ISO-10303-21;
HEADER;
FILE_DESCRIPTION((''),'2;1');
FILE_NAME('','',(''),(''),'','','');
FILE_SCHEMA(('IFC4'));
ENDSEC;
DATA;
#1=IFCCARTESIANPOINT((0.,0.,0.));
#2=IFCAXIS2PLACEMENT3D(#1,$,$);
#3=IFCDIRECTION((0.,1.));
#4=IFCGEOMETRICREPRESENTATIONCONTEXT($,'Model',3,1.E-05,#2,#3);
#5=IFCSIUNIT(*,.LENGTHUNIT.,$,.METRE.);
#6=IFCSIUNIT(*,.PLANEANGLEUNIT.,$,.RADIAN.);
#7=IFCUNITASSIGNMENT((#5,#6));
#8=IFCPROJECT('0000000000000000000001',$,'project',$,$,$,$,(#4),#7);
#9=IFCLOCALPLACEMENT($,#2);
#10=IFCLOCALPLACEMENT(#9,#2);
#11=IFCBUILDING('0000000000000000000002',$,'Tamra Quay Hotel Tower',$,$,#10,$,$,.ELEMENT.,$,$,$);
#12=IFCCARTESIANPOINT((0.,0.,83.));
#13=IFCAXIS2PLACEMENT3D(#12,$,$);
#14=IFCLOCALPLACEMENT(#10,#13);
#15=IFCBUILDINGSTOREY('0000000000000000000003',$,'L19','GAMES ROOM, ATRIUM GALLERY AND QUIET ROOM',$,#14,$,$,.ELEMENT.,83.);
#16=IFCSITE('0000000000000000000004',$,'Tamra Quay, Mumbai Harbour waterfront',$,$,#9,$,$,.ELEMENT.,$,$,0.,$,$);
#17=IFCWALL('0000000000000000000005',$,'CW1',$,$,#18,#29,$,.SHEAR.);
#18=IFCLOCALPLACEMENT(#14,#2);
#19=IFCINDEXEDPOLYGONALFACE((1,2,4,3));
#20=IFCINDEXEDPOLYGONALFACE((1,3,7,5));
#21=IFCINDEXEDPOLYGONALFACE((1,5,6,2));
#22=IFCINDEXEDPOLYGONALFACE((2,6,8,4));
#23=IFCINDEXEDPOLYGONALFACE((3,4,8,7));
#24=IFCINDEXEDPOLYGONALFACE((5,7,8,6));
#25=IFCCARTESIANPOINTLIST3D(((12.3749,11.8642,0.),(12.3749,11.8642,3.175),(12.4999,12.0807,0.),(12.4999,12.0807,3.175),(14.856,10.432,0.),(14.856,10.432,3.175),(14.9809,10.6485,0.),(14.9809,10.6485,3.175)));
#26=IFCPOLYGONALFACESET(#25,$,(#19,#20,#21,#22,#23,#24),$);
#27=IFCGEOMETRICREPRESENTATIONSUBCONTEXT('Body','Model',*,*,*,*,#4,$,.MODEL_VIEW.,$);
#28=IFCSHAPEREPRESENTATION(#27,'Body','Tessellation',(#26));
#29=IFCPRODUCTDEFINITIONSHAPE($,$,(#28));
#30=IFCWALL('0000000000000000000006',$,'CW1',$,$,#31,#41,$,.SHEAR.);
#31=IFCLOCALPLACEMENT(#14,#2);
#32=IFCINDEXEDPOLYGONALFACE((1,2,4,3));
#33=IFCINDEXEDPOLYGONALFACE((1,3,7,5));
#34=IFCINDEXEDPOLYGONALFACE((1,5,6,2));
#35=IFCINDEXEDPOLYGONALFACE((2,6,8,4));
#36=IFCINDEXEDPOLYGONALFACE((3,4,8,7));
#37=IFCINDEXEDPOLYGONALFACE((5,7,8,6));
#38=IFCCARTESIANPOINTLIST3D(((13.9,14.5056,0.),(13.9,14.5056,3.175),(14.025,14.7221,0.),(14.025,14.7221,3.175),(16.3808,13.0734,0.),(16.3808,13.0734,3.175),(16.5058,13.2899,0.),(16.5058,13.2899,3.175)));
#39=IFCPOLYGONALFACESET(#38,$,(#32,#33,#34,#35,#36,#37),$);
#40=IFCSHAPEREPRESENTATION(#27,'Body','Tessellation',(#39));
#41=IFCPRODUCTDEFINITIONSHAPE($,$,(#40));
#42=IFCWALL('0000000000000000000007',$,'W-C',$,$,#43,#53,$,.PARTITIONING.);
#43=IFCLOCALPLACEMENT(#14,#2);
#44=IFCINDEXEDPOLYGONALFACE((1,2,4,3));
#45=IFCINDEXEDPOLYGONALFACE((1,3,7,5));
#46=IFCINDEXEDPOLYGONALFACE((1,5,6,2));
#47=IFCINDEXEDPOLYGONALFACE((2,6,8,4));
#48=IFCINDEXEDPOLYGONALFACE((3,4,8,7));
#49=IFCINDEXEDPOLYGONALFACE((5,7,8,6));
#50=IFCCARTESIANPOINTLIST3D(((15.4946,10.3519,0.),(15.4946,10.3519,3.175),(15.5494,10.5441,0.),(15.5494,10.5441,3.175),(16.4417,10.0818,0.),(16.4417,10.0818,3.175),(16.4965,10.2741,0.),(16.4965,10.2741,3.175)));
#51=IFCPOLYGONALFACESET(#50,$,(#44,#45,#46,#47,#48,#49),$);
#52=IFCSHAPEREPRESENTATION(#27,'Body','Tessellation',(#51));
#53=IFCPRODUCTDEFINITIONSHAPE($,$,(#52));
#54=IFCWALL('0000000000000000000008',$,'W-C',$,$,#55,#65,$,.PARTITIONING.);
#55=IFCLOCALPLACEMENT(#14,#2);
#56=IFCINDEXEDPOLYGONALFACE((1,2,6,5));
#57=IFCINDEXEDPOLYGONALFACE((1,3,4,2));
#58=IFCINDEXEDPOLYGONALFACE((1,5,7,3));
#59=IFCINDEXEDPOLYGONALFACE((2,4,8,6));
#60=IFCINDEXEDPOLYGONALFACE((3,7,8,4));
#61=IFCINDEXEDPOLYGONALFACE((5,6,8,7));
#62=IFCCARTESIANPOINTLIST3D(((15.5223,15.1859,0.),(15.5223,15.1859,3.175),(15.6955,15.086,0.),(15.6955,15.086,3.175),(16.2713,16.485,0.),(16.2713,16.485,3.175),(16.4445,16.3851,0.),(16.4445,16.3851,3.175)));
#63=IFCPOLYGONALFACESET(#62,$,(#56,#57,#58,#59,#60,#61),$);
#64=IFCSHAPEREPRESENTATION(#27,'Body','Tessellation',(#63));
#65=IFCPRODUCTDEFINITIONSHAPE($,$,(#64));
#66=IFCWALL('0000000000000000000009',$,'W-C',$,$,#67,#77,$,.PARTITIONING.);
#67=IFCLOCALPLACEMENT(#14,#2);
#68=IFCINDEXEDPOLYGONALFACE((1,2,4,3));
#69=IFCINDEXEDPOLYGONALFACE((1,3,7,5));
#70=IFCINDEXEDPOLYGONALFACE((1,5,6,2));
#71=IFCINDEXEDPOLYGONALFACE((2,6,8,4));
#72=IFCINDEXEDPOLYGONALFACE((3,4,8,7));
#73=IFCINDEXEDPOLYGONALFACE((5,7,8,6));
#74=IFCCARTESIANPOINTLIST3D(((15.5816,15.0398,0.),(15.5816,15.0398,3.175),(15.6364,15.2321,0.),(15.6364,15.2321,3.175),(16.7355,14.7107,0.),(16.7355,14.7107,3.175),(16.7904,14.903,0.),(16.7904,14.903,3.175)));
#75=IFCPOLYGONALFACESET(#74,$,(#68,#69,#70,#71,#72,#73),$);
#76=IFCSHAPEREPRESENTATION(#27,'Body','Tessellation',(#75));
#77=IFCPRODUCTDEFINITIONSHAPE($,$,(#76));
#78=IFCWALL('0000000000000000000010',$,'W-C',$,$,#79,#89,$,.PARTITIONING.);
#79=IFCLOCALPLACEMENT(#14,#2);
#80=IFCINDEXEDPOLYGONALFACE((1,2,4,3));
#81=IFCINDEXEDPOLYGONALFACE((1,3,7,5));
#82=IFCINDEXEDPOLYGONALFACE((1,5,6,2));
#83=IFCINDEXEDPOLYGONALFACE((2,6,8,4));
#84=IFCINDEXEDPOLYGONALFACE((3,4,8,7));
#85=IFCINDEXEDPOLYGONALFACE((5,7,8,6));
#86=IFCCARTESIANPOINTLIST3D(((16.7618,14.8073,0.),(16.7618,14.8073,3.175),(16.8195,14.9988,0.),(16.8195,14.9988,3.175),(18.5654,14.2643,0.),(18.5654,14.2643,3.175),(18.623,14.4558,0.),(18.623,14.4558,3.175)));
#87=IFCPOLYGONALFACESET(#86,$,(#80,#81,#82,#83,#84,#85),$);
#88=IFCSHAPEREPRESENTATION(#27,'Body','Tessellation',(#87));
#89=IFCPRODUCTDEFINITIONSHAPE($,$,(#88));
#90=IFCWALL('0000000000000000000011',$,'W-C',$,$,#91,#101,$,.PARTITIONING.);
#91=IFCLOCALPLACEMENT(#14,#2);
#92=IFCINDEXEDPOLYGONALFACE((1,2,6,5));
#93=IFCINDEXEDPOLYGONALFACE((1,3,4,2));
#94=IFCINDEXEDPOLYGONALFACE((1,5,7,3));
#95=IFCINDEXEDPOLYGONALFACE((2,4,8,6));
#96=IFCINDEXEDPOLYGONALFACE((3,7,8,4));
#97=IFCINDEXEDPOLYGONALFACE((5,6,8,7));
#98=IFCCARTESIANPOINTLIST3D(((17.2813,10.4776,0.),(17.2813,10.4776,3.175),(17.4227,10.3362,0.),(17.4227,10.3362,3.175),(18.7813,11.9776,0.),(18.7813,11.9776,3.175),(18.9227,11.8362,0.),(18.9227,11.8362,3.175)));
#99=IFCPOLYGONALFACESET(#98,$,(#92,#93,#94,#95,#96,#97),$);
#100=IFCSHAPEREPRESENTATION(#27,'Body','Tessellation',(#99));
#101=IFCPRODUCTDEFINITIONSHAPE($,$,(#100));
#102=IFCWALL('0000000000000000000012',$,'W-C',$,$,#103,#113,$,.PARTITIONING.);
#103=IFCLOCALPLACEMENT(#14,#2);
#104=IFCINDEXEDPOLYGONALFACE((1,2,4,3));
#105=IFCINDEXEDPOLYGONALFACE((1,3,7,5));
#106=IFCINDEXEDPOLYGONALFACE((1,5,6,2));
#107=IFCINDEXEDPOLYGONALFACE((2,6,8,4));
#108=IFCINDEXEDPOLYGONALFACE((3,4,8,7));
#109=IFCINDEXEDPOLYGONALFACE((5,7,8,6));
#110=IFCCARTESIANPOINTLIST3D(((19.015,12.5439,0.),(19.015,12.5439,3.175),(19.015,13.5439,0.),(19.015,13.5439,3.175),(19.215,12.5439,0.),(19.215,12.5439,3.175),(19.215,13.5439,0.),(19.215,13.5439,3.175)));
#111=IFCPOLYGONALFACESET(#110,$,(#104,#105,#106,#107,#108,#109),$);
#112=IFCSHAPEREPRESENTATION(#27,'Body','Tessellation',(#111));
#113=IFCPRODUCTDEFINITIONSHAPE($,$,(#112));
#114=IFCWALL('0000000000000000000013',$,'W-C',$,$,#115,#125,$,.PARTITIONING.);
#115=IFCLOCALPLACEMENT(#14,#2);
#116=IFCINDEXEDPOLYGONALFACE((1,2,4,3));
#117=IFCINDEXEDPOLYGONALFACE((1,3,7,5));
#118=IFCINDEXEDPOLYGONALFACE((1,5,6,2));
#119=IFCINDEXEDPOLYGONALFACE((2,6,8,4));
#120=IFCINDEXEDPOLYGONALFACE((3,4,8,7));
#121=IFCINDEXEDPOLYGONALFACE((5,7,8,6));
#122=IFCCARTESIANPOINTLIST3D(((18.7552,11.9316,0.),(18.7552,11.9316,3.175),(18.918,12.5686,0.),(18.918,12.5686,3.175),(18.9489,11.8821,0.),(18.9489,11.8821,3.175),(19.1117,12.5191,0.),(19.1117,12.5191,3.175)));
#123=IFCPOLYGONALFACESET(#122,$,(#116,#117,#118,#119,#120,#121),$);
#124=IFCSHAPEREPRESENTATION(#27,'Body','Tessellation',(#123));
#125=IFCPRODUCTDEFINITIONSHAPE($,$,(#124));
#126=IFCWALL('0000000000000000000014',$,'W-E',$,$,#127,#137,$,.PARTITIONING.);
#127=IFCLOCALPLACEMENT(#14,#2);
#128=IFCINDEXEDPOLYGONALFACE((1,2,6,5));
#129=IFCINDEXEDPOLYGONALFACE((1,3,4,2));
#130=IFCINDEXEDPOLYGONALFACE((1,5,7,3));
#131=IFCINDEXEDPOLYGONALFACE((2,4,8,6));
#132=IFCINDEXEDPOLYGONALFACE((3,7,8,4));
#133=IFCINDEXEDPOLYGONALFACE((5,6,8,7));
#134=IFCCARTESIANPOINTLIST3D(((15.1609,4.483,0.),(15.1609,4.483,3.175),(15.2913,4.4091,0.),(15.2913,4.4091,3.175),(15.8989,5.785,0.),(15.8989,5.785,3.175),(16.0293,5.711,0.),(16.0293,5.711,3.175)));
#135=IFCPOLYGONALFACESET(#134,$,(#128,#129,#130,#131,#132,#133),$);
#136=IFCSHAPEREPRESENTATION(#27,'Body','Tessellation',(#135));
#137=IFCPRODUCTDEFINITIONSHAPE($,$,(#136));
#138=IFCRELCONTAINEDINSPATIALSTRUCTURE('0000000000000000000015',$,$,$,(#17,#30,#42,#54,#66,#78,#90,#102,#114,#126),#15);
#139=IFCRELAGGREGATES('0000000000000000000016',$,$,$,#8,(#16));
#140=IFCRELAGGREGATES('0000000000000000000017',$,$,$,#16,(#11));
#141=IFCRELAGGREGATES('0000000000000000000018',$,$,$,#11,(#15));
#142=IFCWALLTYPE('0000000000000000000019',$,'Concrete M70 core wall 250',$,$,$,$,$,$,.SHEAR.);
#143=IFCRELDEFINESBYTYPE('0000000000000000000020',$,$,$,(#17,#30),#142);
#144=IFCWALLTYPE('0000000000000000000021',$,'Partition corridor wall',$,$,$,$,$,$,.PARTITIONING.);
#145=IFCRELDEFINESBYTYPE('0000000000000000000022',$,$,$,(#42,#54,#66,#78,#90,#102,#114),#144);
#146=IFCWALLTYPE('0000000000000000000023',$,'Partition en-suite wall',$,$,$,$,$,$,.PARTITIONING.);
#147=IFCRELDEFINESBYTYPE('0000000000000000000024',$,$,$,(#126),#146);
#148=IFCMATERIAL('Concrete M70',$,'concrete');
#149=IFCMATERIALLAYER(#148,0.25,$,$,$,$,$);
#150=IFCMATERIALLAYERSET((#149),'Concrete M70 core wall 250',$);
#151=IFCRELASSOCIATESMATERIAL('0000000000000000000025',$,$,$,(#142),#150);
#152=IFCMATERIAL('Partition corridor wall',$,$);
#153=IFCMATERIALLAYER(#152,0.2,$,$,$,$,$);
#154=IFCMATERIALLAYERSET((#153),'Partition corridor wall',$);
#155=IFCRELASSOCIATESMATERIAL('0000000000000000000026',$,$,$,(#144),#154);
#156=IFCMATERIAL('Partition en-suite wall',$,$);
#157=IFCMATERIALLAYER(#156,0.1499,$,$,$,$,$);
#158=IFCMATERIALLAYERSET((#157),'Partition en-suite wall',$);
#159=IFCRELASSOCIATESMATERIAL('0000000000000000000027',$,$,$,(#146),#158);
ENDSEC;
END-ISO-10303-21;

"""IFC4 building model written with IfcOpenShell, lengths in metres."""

from ifc_helpers import new_model, si_unit, direction, frame, frame_2d, origin, place, context, subcontext, project, spatial, rectangle, extrude, material, layer, layer_set, type_object, element, save


model = new_model("IFC4")

# Units and contexts
model_context = context("Model", 3, precision=1e-05, world=origin(), true_north=direction((0.0, 1.0)))
body_context = subcontext(model_context, "Body", "Model", "MODEL_VIEW")
ifc_project = project(units=[si_unit("LENGTHUNIT", "METRE"), si_unit("PLANEANGLEUNIT", "RADIAN")], contexts=[model_context])

# Site, building, storey
site_placement = place(None, origin())
site = spatial("IfcSite", under=ifc_project, at=site_placement, Name="Tamra Quay, Mumbai Harbour waterfront", CompositionType="ELEMENT", RefElevation=0.0)
building_placement = place(site_placement, origin())
building = spatial("IfcBuilding", under=site, at=building_placement, Name="Tamra Quay Hotel Tower", CompositionType="ELEMENT")
storey_placement = place(building_placement, frame((0.0, 0.0, 83.0)))
storey = spatial("IfcBuildingStorey", under=building, at=storey_placement, Name="L19", Description="GAMES ROOM, ATRIUM GALLERY AND QUIET ROOM", CompositionType="ELEMENT", Elevation=83.0)

# Shared definitions
ifc_material_1 = material(Name="Concrete M70", Category="concrete")

# Walls
ifc_layer_1 = layer(ifc_material_1, 0.25)
ifc_layer_set_1 = layer_set([ifc_layer_1], Name="Concrete M70 core wall 250")
wall_type_1 = type_object("IfcWallType", Name="Concrete M70 core wall 250", PredefinedType="SHEAR", material=ifc_layer_set_1)
wall_1_placement = place(storey_placement, frame((14.9185, 10.5403, 0.0), z_axis=(0.0, 0.0, 1.0), x_axis=(-0.866064, 0.499934, 0.0)))
element("IfcWall", 1, at=wall_1_placement, inside=storey, type_object=wall_type_1, Name="CW1", PredefinedType="SHEAR", context=body_context, shape_type="SweptSolid", body=[
    extrude(rectangle(XDim=2.8647, YDim=0.25, at=frame_2d((1.4324, 0.0))), origin(), (0.0, 0.0, 1.0), 3.175),
])
wall_2_placement = place(storey_placement, frame((13.9626, 14.6138, 0.0), z_axis=(0.0, 0.0, 1.0), x_axis=(0.866042, -0.499971, 0.0)))
element("IfcWall", 2, at=wall_2_placement, inside=storey, type_object=wall_type_1, Name="CW1", PredefinedType="SHEAR", context=body_context, shape_type="SweptSolid", body=[
    extrude(rectangle(XDim=2.8645, YDim=0.25, at=frame_2d((1.4321, 0.0))), origin(), (0.0, 0.0, 1.0), 3.175),
])
ifc_material_2 = material(Name="Partition corridor wall")
ifc_layer_2 = layer(ifc_material_2, 0.2)
ifc_layer_set_2 = layer_set([ifc_layer_2], Name="Partition corridor wall")
wall_type_2 = type_object("IfcWallType", Name="Partition corridor wall", PredefinedType="PARTITIONING", material=ifc_layer_set_2)
wall_3_placement = place(storey_placement, frame((15.522, 10.448, 0.0), z_axis=(0.0, 0.0, 1.0), x_axis=(0.961673, -0.274197, 0.0)))
element("IfcWall", 3, at=wall_3_placement, inside=storey, type_object=wall_type_2, Name="W-C", PredefinedType="PARTITIONING", context=body_context, shape_type="SweptSolid", body=[
    extrude(rectangle(XDim=0.9849, YDim=0.2, at=frame_2d((0.4924, 0.0))), origin(), (0.0, 0.0, 1.0), 3.175),
])
wall_4_placement = place(storey_placement, frame((15.6089, 15.136, 0.0), z_axis=(0.0, 0.0, 1.0), x_axis=(0.499502, 0.866313, 0.0)))
element("IfcWall", 4, at=wall_4_placement, inside=storey, type_object=wall_type_2, Name="W-C", PredefinedType="PARTITIONING", context=body_context, shape_type="SweptSolid", body=[
    extrude(rectangle(XDim=1.4995, YDim=0.2, at=frame_2d((0.7498, 0.0))), origin(), (0.0, 0.0, 1.0), 3.175),
])
wall_5_placement = place(storey_placement, frame((15.6089, 15.136, 0.0), z_axis=(0.0, 0.0, 1.0), x_axis=(0.961662, -0.274237, 0.0)))
element("IfcWall", 5, at=wall_5_placement, inside=storey, type_object=wall_type_2, Name="W-C", PredefinedType="PARTITIONING", context=body_context, shape_type="SweptSolid", body=[
    extrude(rectangle(XDim=1.2, YDim=0.2, at=frame_2d((0.6001, 0.0))), origin(), (0.0, 0.0, 1.0), 3.175),
])
wall_6_placement = place(storey_placement, frame((16.7905, 14.9031, 0.0), z_axis=(0.0, 0.0, 1.0), x_axis=(0.957544, -0.288287, 0.0)))
element("IfcWall", 6, at=wall_6_placement, inside=storey, type_object=wall_type_2, Name="W-C", PredefinedType="PARTITIONING", context=body_context, shape_type="SweptSolid", body=[
    extrude(rectangle(XDim=1.8835, YDim=0.2, at=frame_2d((0.9419, 0.0))), origin(), (0.0, 0.0, 1.0), 3.175),
])
wall_7_placement = place(storey_placement, frame((17.3521, 10.407, 0.0), z_axis=(0.0, 0.0, 1.0), x_axis=(0.707107, 0.707107, 0.0)))
element("IfcWall", 7, at=wall_7_placement, inside=storey, type_object=wall_type_2, Name="W-C", PredefinedType="PARTITIONING", context=body_context, shape_type="SweptSolid", body=[
    extrude(rectangle(XDim=2.1213, YDim=0.2, at=frame_2d((1.0605, 0.0))), origin(), (0.0, 0.0, 1.0), 3.175),
])
wall_8_placement = place(storey_placement, frame((19.115, 12.5439, 0.0), z_axis=(0.0, 0.0, 1.0), x_axis=(0.0, 1.0, 0.0)))
element("IfcWall", 8, at=wall_8_placement, inside=storey, type_object=wall_type_2, Name="W-C", PredefinedType="PARTITIONING", context=body_context, shape_type="SweptSolid", body=[
    extrude(rectangle(XDim=1.0, YDim=0.2, at=frame_2d((0.5, 0.0))), origin(), (0.0, 0.0, 1.0), 3.175),
])
wall_9_placement = place(storey_placement, frame((18.8521, 11.907, 0.0), z_axis=(0.0, 0.0, 1.0), x_axis=(0.247687, 0.96884, 0.0)))
element("IfcWall", 9, at=wall_9_placement, inside=storey, type_object=wall_type_2, Name="W-C", PredefinedType="PARTITIONING", context=body_context, shape_type="SweptSolid", body=[
    extrude(rectangle(XDim=0.6575, YDim=0.2, at=frame_2d((0.3286, 0.0))), origin(), (0.0, 0.0, 1.0), 3.175),
])
ifc_material_3 = material(Name="Partition en-suite wall")
ifc_layer_3 = layer(ifc_material_3, 0.1499)
ifc_layer_set_3 = layer_set([ifc_layer_3], Name="Partition en-suite wall")
wall_type_3 = type_object("IfcWallType", Name="Partition en-suite wall", PredefinedType="PARTITIONING", material=ifc_layer_set_3)
wall_10_placement = place(storey_placement, frame((15.2261, 4.446, 0.0), z_axis=(0.0, 0.0, 1.0), x_axis=(0.493132, 0.869955, 0.0)))
element("IfcWall", 10, at=wall_10_placement, inside=storey, type_object=wall_type_3, Name="W-E", PredefinedType="PARTITIONING", context=body_context, shape_type="SweptSolid", body=[
    extrude(rectangle(XDim=1.4966, YDim=0.1499, at=frame_2d((0.7483, 0.0))), origin(), (0.0, 0.0, 1.0), 3.175),
])

save(model, "model.ifc")
